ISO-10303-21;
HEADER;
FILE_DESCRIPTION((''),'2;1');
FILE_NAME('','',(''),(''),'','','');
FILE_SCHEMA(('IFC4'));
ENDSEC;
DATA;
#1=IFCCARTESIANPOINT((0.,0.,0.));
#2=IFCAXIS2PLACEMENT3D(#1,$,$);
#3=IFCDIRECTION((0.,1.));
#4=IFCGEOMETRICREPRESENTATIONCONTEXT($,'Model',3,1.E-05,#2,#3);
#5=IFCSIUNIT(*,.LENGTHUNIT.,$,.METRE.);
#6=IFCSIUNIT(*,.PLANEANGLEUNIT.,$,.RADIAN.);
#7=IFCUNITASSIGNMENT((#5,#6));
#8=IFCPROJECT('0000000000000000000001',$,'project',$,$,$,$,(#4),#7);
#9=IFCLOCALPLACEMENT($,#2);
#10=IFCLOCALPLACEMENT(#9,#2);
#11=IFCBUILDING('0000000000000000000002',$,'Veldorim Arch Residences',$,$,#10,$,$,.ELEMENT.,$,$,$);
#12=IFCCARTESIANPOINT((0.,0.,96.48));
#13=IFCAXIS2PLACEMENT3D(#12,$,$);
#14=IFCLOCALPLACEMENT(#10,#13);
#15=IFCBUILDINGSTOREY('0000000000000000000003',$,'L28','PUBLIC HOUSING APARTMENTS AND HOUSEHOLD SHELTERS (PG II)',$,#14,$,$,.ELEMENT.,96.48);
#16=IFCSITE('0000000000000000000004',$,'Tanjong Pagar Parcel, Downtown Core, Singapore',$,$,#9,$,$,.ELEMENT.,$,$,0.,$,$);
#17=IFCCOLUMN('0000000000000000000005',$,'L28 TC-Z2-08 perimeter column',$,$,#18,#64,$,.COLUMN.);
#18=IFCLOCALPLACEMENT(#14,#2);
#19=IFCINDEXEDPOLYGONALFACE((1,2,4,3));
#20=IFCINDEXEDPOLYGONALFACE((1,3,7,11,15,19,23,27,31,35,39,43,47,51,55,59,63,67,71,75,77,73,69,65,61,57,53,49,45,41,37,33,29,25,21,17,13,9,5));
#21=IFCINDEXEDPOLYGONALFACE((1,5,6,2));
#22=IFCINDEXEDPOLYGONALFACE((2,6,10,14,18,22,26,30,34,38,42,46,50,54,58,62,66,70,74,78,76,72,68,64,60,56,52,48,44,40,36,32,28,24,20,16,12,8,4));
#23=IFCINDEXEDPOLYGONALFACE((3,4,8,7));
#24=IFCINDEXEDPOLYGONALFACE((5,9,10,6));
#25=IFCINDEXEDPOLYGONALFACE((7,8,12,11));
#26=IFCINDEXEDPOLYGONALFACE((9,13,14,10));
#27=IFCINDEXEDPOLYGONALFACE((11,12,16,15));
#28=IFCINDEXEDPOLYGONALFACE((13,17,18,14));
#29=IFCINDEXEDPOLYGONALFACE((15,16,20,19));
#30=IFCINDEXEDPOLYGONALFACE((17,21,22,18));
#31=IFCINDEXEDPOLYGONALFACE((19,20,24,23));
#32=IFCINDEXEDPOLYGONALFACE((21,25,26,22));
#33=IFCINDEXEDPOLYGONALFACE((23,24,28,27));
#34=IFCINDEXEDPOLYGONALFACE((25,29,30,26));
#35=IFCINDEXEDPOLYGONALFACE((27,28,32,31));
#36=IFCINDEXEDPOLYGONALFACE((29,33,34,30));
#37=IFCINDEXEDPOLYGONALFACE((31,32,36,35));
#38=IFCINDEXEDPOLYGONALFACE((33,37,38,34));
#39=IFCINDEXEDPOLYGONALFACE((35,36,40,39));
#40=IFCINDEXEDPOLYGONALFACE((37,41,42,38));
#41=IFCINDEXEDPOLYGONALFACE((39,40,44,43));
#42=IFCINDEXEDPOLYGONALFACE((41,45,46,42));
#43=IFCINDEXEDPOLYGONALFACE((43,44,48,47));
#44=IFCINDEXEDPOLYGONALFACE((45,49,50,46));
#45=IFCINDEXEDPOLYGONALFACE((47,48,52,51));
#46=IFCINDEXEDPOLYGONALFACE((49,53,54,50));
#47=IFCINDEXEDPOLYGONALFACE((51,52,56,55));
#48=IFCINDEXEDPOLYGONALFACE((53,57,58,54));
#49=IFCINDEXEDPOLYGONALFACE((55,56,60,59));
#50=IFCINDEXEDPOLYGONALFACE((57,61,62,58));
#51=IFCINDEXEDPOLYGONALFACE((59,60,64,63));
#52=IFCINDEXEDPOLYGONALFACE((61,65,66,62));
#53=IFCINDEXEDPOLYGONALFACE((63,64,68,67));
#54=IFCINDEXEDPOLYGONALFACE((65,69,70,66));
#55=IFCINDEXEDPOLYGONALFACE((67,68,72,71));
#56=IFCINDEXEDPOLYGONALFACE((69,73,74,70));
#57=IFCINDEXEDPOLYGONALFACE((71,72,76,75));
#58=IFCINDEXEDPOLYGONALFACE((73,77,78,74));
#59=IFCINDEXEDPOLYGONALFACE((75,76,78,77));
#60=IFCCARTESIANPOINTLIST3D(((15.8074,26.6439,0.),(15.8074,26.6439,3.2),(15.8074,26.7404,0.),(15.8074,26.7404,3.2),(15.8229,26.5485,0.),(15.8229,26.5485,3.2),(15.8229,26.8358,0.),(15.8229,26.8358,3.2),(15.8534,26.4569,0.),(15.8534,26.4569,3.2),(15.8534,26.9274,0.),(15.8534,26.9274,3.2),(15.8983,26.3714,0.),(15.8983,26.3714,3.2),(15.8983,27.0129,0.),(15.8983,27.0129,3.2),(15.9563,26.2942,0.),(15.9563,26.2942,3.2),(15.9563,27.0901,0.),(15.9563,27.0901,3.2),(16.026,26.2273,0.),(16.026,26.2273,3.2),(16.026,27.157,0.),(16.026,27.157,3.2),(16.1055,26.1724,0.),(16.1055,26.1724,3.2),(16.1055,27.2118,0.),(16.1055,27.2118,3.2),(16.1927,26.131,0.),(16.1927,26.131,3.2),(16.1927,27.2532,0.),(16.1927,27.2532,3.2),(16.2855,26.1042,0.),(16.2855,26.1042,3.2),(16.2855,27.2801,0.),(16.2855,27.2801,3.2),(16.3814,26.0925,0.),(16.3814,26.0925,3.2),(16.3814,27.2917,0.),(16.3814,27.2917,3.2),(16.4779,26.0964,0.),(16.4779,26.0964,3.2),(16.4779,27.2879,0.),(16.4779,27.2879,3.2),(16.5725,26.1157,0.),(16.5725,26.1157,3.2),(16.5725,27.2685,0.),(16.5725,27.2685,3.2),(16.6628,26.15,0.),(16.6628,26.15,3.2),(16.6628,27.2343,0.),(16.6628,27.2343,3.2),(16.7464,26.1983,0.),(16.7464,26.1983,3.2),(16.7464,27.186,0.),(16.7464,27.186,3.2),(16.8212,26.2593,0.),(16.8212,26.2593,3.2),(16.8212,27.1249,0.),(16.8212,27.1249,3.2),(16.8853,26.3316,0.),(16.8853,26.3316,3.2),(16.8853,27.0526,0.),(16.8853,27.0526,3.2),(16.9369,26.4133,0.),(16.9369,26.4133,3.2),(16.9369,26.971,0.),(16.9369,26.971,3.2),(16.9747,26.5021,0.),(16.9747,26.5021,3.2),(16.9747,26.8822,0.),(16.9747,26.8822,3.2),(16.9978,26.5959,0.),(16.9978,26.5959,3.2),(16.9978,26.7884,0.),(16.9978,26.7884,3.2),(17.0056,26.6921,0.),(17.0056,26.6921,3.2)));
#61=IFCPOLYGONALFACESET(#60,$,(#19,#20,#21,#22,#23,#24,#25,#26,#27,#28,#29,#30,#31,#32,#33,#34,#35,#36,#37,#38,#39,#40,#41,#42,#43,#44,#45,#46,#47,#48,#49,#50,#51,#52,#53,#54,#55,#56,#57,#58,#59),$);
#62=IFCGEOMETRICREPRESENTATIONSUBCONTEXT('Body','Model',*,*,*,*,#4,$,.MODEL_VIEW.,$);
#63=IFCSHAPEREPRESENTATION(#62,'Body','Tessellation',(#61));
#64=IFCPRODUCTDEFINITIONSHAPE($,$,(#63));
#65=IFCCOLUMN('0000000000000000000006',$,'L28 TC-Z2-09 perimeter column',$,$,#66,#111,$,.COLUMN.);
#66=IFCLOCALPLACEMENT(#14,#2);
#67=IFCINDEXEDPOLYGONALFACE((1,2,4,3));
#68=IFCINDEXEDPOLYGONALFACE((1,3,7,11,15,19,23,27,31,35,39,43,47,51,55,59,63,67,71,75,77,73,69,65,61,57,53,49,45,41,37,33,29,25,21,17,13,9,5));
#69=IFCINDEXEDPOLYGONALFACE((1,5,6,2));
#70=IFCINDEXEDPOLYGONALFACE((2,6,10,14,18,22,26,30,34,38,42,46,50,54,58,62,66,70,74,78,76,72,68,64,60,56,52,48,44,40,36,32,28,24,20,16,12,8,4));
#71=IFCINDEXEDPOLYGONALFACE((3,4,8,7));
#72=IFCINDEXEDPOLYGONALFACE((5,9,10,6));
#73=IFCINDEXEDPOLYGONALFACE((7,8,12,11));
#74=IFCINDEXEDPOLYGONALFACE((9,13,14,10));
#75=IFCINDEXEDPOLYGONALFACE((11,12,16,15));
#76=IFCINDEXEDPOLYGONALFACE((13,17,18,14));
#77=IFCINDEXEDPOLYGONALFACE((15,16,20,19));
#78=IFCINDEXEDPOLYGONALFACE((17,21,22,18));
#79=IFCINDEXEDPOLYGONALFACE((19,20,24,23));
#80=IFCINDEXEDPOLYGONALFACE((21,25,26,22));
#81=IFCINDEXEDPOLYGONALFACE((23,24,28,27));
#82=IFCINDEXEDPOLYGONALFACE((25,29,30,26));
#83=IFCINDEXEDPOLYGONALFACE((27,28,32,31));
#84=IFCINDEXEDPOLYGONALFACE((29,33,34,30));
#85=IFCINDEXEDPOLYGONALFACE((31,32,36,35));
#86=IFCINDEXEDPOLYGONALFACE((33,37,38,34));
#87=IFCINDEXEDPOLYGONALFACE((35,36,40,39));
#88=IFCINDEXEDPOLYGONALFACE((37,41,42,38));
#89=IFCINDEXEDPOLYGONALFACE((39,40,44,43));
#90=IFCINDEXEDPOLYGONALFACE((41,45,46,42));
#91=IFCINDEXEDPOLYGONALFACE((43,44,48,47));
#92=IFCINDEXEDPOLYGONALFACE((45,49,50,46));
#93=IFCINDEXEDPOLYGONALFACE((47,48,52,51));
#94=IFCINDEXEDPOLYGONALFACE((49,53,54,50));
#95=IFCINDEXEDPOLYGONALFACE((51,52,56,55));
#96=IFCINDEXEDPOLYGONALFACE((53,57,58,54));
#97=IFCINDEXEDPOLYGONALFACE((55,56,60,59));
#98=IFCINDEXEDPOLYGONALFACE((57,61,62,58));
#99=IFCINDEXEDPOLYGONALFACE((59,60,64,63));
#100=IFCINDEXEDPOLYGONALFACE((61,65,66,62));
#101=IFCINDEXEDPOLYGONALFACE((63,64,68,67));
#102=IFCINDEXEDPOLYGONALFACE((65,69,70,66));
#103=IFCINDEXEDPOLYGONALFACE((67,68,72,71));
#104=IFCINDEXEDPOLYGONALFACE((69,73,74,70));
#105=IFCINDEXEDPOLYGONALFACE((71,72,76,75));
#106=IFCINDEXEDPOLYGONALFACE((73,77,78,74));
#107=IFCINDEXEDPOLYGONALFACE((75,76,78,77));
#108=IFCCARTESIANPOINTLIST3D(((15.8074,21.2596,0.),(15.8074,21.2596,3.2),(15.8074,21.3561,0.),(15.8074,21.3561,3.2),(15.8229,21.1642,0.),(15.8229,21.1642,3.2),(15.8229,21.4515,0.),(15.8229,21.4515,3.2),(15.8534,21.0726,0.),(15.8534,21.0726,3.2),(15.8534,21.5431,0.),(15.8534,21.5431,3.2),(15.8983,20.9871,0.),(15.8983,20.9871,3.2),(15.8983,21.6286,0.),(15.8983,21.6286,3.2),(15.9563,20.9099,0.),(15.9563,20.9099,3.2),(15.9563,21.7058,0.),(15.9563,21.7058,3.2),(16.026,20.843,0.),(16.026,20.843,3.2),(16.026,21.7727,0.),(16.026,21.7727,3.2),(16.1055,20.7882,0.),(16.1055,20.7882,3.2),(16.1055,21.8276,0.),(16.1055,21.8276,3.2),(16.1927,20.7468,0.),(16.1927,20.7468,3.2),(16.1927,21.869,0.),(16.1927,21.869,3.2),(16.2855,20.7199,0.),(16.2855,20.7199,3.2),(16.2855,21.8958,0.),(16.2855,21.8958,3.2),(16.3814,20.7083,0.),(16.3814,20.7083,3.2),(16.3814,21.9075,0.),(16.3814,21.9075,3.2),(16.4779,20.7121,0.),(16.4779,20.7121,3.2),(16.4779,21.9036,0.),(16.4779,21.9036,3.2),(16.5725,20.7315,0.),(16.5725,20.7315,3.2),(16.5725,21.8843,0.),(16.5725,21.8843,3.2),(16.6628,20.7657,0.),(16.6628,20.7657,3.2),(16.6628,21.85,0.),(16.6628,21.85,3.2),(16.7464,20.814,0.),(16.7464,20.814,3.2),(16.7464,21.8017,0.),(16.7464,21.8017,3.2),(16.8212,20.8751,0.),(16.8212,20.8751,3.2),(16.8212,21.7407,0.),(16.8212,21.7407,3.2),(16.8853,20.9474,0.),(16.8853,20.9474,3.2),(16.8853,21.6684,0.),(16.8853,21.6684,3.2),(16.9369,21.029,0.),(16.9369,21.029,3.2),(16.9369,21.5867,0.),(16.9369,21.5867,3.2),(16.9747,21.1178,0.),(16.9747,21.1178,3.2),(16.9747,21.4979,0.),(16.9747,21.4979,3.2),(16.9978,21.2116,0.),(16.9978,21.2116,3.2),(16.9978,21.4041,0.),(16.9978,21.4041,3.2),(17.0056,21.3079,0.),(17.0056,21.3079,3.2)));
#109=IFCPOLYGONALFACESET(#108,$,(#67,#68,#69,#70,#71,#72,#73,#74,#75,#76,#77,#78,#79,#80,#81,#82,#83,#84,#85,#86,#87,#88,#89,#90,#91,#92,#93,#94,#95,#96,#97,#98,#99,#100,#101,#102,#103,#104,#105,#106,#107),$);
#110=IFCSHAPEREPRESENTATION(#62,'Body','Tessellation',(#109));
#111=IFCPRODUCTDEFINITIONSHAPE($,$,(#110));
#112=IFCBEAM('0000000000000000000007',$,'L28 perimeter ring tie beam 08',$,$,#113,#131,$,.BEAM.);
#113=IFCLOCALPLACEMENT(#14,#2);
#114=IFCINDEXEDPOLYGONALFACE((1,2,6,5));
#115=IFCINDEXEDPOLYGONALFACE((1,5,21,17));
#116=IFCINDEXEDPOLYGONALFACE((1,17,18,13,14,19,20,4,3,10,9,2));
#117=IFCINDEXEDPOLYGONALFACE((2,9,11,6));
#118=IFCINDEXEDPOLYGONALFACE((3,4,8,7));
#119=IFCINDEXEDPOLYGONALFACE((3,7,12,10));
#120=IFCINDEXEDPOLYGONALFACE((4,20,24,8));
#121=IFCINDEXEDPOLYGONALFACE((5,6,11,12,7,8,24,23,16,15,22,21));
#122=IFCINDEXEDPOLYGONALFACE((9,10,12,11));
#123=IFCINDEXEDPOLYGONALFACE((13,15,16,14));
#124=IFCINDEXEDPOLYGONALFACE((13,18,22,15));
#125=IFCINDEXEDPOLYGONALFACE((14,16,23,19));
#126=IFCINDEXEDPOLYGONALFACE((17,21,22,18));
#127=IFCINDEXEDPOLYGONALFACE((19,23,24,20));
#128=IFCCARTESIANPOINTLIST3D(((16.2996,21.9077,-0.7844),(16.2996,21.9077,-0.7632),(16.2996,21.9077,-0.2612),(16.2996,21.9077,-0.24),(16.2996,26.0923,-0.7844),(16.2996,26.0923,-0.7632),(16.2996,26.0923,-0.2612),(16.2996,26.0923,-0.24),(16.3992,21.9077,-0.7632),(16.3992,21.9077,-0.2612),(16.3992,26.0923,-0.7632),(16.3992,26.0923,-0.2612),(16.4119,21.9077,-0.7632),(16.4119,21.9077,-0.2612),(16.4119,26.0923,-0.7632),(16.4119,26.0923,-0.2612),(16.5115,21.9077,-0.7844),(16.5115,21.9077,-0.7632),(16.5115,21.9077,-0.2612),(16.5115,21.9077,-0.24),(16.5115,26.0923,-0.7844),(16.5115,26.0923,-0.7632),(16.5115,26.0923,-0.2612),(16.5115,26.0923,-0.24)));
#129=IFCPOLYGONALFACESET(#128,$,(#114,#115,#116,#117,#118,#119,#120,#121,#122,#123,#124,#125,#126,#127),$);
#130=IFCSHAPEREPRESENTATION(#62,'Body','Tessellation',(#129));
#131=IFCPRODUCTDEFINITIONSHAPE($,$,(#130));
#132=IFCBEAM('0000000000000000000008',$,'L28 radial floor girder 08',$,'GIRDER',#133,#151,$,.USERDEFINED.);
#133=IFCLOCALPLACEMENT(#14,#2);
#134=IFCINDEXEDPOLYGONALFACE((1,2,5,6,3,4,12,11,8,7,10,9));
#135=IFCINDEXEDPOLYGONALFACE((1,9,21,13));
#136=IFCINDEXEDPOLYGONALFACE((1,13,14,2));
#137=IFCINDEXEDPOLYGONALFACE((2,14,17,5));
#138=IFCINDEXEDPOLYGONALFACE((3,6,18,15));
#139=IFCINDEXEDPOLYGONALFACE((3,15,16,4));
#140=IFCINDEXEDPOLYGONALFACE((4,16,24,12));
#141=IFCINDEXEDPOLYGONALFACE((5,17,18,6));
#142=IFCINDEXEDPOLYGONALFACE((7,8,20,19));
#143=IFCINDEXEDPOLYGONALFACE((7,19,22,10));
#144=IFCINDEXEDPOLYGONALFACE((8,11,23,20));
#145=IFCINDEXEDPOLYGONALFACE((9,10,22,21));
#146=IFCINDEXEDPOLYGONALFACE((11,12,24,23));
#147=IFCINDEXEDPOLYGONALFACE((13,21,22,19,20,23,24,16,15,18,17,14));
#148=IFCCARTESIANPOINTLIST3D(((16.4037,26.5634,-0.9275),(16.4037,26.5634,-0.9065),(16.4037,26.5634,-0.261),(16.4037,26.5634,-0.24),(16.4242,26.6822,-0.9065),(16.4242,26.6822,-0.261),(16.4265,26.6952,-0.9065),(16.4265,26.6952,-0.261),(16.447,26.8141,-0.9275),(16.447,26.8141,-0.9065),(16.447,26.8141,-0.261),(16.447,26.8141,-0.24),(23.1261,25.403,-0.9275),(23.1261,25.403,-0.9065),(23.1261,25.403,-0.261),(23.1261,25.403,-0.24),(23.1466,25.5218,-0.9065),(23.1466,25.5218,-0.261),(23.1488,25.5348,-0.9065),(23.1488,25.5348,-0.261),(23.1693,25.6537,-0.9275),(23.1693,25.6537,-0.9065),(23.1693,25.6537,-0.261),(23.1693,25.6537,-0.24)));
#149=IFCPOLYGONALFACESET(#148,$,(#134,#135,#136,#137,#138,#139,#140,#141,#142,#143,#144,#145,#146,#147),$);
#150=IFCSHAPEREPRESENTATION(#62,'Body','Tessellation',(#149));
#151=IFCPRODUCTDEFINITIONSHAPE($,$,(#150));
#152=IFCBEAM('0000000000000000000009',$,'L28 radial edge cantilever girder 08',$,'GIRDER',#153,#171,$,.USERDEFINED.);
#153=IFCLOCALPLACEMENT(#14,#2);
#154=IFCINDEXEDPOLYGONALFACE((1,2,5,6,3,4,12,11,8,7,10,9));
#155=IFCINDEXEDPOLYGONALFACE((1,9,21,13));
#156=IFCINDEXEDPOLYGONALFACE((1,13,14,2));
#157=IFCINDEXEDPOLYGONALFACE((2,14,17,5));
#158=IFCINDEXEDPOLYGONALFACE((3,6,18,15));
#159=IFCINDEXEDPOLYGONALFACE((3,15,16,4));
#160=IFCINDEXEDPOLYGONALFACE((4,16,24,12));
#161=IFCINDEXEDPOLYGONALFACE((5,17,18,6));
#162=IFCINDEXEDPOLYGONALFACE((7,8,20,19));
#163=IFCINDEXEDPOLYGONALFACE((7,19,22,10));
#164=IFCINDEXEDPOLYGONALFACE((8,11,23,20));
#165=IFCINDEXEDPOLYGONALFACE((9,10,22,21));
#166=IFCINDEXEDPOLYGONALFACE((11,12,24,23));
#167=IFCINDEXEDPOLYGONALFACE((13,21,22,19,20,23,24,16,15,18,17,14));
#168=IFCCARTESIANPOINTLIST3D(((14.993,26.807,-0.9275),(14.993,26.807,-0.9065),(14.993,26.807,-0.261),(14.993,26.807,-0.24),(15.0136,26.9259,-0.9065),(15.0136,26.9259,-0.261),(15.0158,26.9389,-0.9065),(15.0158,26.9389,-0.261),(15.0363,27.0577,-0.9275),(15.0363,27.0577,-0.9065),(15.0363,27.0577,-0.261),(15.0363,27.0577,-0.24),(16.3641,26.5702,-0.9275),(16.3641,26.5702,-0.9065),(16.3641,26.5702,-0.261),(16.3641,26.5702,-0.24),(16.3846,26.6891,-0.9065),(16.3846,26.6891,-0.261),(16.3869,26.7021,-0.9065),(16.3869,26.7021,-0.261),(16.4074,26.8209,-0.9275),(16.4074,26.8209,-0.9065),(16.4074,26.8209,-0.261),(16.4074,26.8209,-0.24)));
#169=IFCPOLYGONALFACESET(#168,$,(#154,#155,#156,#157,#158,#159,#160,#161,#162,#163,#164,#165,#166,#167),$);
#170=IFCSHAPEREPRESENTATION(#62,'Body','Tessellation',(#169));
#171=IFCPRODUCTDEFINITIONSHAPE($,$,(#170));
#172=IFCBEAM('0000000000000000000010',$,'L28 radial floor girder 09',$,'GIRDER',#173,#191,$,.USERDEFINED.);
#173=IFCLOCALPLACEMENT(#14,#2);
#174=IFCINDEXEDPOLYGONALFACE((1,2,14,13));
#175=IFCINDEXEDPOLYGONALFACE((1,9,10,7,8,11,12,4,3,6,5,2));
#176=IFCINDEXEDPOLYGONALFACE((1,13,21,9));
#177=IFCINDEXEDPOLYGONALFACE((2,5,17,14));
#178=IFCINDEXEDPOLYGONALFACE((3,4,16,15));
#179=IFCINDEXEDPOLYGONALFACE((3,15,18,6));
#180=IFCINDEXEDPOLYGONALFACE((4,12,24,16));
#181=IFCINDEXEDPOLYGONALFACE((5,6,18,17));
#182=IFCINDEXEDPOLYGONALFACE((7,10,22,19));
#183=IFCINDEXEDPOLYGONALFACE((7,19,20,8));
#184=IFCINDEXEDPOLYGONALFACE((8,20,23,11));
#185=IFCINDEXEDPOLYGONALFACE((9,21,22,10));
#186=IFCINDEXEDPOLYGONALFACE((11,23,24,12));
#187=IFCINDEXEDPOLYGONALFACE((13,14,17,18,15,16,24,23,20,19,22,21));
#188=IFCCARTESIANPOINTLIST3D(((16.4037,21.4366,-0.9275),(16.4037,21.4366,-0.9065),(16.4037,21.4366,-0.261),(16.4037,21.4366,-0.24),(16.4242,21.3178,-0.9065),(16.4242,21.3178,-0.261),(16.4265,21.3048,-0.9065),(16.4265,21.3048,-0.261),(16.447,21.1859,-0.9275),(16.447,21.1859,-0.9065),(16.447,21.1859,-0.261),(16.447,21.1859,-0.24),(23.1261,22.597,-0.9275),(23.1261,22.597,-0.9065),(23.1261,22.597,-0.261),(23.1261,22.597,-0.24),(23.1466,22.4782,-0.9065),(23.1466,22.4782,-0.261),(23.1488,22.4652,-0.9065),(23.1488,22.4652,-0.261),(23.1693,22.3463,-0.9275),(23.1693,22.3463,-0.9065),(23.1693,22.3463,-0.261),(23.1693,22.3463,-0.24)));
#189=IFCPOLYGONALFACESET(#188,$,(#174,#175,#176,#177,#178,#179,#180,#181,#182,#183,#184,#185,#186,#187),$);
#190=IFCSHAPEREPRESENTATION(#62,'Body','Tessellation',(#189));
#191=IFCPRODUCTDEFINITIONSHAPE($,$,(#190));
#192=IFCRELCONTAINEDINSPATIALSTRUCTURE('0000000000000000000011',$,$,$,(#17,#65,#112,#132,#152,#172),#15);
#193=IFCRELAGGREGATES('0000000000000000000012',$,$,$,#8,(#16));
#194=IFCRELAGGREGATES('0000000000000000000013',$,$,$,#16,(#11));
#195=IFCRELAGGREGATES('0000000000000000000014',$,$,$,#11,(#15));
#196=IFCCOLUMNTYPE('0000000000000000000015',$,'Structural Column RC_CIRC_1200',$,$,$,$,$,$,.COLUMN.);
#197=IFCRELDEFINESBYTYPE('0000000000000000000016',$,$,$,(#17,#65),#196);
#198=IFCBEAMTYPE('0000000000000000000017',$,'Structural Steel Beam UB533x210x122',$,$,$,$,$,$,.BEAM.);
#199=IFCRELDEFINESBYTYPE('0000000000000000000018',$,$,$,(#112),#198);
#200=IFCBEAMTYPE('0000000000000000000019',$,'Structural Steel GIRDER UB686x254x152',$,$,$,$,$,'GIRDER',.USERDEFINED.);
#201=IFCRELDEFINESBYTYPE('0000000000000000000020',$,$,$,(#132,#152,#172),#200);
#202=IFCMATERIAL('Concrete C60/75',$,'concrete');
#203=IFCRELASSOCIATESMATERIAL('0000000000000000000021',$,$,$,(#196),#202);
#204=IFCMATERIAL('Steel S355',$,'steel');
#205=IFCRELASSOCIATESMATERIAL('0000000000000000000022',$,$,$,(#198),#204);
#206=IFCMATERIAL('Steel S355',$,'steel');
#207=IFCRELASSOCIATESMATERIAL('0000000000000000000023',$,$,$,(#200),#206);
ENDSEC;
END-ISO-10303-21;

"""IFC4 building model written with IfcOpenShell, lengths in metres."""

from ifc_helpers import new_model, si_unit, direction, frame, origin, origin_2d, place, context, subcontext, project, spatial, circle, i_section, extrude, material, material_profile, profile_set, type_object, element, save


model = new_model("IFC4")

# Units and contexts
model_context = context("Model", 3, precision=1e-05, world=origin(), true_north=direction((0.0, 1.0)))
body_context = subcontext(model_context, "Body", "Model", "MODEL_VIEW")
ifc_project = project(units=[si_unit("LENGTHUNIT", "METRE"), si_unit("PLANEANGLEUNIT", "RADIAN")], contexts=[model_context])

# Site, building, storey
site_placement = place(None, origin())
site = spatial("IfcSite", under=ifc_project, at=site_placement, Name="Tanjong Pagar Parcel, Downtown Core, Singapore", CompositionType="ELEMENT", RefElevation=0.0)
building_placement = place(site_placement, origin())
building = spatial("IfcBuilding", under=site, at=building_placement, Name="Veldorim Arch Residences", CompositionType="ELEMENT")
storey_placement = place(building_placement, frame((0.0, 0.0, 96.48)))
storey = spatial("IfcBuildingStorey", under=building, at=storey_placement, Name="L28", Description="PUBLIC HOUSING APARTMENTS AND HOUSEHOLD SHELTERS (PG II)", CompositionType="ELEMENT", Elevation=96.48)

# Columns
ifc_material_1 = material(Name="Concrete C60/75", Category="concrete")
ifc_material_profile_1 = material_profile(ifc_material_1, circle(Radius=0.6001, at=origin_2d()), Name="RC_CIRC_1200")
ifc_profile_set_1 = profile_set([ifc_material_profile_1], Name="Concrete C60/75")
column_type = type_object("IfcColumnType", Name="Structural Column RC_CIRC_1200", PredefinedType="COLUMN", material=ifc_profile_set_1)
for number, where, z_axis, x_axis, name in (
    (1, (16.4055, 26.6921, 0.0), (0.0, 0.0, 1.0), (1.0, 0.0, 0.0), "L28 TC-Z2-08 perimeter column"),
    (2, (16.4055, 21.3079, 0.0), (0.0, 0.0, 1.0), (1.0, 0.0, 0.0), "L28 TC-Z2-09 perimeter column"),
):
    element("IfcColumn", number, at=place(storey_placement, frame(where, z_axis=z_axis, x_axis=x_axis)), inside=storey, type_object=column_type, Name=name, PredefinedType="COLUMN", context=body_context, shape_type="SweptSolid", body=[
        extrude(circle(Radius=0.6001, at=origin_2d()), origin(), (0.0, 0.0, 1.0), 3.2),
    ])

# Beams
ifc_material_2 = material(Name="Steel S355", Category="steel")
ifc_material_profile_2 = material_profile(ifc_material_2, i_section(OverallWidth=0.2119, OverallDepth=0.5444, WebThickness=0.0127, FlangeThickness=0.0212, at=origin_2d()), Name="UB533x210x122")
ifc_profile_set_2 = profile_set([ifc_material_profile_2], Name="Steel S355")
beam_type_1 = type_object("IfcBeamType", Name="Structural Steel Beam UB533x210x122", PredefinedType="BEAM", material=ifc_profile_set_2)
beam_1_placement = place(storey_placement, frame((16.4055, 26.0923, -0.5122), z_axis=(0.0, -1.0, 0.0), x_axis=(1.0, 0.0, 0.0)))
element("IfcBeam", 3, at=beam_1_placement, inside=storey, type_object=beam_type_1, Name="L28 perimeter ring tie beam 08", PredefinedType="BEAM", context=body_context, shape_type="SweptSolid", body=[
    extrude(i_section(OverallWidth=0.2119, OverallDepth=0.5444, WebThickness=0.0127, FlangeThickness=0.0212, at=origin_2d()), origin(), (0.0, 0.0, 1.0), 4.1846),
])
ifc_material_3 = material(Name="Steel S355", Category="steel")
ifc_material_profile_3 = material_profile(ifc_material_3, i_section(OverallWidth=0.2544, OverallDepth=0.6875, WebThickness=0.0132, FlangeThickness=0.021, at=origin_2d()), Name="UB686x254x152")
ifc_profile_set_3 = profile_set([ifc_material_profile_3], Name="Steel S355")
beam_type_2 = type_object("IfcBeamType", Name="Structural Steel GIRDER UB686x254x152", ElementType="GIRDER", PredefinedType="USERDEFINED", material=ifc_profile_set_3)
beam_2_placement = place(storey_placement, frame((23.1477, 25.5283, -0.5837), z_axis=(-0.985427, 0.170101, 0.0), x_axis=(-0.170101, -0.985427, 0.0)))
element("IfcBeam", 4, at=beam_2_placement, inside=storey, type_object=beam_type_2, Name="L28 radial floor girder 08", ObjectType="GIRDER", PredefinedType="USERDEFINED", context=body_context, shape_type="SweptSolid", body=[
    extrude(i_section(OverallWidth=0.2544, OverallDepth=0.6875, WebThickness=0.0132, FlangeThickness=0.021, at=origin_2d()), origin(), (0.0, 0.0, 1.0), 6.8218),
])
beam_3_placement = place(storey_placement, frame((16.3857, 26.6956, -0.5837), z_axis=(-0.985409, 0.170201, 0.0), x_axis=(-0.170201, -0.985409, 0.0)))
element("IfcBeam", 5, at=beam_3_placement, inside=storey, type_object=beam_type_2, Name="L28 radial edge cantilever girder 08", ObjectType="GIRDER", PredefinedType="USERDEFINED", context=body_context, shape_type="SweptSolid", body=[
    extrude(i_section(OverallWidth=0.2544, OverallDepth=0.6875, WebThickness=0.0132, FlangeThickness=0.021, at=origin_2d()), origin(), (0.0, 0.0, 1.0), 1.3914),
])
beam_4_placement = place(storey_placement, frame((23.1477, 22.4717, -0.5837), z_axis=(-0.985427, -0.170101, 0.0), x_axis=(0.170101, -0.985427, 0.0)))
element("IfcBeam", 6, at=beam_4_placement, inside=storey, type_object=beam_type_2, Name="L28 radial floor girder 09", ObjectType="GIRDER", PredefinedType="USERDEFINED", context=body_context, shape_type="SweptSolid", body=[
    extrude(i_section(OverallWidth=0.2544, OverallDepth=0.6875, WebThickness=0.0132, FlangeThickness=0.021, at=origin_2d()), origin(), (0.0, 0.0, 1.0), 6.8218),
])

save(model, "model.ifc")
